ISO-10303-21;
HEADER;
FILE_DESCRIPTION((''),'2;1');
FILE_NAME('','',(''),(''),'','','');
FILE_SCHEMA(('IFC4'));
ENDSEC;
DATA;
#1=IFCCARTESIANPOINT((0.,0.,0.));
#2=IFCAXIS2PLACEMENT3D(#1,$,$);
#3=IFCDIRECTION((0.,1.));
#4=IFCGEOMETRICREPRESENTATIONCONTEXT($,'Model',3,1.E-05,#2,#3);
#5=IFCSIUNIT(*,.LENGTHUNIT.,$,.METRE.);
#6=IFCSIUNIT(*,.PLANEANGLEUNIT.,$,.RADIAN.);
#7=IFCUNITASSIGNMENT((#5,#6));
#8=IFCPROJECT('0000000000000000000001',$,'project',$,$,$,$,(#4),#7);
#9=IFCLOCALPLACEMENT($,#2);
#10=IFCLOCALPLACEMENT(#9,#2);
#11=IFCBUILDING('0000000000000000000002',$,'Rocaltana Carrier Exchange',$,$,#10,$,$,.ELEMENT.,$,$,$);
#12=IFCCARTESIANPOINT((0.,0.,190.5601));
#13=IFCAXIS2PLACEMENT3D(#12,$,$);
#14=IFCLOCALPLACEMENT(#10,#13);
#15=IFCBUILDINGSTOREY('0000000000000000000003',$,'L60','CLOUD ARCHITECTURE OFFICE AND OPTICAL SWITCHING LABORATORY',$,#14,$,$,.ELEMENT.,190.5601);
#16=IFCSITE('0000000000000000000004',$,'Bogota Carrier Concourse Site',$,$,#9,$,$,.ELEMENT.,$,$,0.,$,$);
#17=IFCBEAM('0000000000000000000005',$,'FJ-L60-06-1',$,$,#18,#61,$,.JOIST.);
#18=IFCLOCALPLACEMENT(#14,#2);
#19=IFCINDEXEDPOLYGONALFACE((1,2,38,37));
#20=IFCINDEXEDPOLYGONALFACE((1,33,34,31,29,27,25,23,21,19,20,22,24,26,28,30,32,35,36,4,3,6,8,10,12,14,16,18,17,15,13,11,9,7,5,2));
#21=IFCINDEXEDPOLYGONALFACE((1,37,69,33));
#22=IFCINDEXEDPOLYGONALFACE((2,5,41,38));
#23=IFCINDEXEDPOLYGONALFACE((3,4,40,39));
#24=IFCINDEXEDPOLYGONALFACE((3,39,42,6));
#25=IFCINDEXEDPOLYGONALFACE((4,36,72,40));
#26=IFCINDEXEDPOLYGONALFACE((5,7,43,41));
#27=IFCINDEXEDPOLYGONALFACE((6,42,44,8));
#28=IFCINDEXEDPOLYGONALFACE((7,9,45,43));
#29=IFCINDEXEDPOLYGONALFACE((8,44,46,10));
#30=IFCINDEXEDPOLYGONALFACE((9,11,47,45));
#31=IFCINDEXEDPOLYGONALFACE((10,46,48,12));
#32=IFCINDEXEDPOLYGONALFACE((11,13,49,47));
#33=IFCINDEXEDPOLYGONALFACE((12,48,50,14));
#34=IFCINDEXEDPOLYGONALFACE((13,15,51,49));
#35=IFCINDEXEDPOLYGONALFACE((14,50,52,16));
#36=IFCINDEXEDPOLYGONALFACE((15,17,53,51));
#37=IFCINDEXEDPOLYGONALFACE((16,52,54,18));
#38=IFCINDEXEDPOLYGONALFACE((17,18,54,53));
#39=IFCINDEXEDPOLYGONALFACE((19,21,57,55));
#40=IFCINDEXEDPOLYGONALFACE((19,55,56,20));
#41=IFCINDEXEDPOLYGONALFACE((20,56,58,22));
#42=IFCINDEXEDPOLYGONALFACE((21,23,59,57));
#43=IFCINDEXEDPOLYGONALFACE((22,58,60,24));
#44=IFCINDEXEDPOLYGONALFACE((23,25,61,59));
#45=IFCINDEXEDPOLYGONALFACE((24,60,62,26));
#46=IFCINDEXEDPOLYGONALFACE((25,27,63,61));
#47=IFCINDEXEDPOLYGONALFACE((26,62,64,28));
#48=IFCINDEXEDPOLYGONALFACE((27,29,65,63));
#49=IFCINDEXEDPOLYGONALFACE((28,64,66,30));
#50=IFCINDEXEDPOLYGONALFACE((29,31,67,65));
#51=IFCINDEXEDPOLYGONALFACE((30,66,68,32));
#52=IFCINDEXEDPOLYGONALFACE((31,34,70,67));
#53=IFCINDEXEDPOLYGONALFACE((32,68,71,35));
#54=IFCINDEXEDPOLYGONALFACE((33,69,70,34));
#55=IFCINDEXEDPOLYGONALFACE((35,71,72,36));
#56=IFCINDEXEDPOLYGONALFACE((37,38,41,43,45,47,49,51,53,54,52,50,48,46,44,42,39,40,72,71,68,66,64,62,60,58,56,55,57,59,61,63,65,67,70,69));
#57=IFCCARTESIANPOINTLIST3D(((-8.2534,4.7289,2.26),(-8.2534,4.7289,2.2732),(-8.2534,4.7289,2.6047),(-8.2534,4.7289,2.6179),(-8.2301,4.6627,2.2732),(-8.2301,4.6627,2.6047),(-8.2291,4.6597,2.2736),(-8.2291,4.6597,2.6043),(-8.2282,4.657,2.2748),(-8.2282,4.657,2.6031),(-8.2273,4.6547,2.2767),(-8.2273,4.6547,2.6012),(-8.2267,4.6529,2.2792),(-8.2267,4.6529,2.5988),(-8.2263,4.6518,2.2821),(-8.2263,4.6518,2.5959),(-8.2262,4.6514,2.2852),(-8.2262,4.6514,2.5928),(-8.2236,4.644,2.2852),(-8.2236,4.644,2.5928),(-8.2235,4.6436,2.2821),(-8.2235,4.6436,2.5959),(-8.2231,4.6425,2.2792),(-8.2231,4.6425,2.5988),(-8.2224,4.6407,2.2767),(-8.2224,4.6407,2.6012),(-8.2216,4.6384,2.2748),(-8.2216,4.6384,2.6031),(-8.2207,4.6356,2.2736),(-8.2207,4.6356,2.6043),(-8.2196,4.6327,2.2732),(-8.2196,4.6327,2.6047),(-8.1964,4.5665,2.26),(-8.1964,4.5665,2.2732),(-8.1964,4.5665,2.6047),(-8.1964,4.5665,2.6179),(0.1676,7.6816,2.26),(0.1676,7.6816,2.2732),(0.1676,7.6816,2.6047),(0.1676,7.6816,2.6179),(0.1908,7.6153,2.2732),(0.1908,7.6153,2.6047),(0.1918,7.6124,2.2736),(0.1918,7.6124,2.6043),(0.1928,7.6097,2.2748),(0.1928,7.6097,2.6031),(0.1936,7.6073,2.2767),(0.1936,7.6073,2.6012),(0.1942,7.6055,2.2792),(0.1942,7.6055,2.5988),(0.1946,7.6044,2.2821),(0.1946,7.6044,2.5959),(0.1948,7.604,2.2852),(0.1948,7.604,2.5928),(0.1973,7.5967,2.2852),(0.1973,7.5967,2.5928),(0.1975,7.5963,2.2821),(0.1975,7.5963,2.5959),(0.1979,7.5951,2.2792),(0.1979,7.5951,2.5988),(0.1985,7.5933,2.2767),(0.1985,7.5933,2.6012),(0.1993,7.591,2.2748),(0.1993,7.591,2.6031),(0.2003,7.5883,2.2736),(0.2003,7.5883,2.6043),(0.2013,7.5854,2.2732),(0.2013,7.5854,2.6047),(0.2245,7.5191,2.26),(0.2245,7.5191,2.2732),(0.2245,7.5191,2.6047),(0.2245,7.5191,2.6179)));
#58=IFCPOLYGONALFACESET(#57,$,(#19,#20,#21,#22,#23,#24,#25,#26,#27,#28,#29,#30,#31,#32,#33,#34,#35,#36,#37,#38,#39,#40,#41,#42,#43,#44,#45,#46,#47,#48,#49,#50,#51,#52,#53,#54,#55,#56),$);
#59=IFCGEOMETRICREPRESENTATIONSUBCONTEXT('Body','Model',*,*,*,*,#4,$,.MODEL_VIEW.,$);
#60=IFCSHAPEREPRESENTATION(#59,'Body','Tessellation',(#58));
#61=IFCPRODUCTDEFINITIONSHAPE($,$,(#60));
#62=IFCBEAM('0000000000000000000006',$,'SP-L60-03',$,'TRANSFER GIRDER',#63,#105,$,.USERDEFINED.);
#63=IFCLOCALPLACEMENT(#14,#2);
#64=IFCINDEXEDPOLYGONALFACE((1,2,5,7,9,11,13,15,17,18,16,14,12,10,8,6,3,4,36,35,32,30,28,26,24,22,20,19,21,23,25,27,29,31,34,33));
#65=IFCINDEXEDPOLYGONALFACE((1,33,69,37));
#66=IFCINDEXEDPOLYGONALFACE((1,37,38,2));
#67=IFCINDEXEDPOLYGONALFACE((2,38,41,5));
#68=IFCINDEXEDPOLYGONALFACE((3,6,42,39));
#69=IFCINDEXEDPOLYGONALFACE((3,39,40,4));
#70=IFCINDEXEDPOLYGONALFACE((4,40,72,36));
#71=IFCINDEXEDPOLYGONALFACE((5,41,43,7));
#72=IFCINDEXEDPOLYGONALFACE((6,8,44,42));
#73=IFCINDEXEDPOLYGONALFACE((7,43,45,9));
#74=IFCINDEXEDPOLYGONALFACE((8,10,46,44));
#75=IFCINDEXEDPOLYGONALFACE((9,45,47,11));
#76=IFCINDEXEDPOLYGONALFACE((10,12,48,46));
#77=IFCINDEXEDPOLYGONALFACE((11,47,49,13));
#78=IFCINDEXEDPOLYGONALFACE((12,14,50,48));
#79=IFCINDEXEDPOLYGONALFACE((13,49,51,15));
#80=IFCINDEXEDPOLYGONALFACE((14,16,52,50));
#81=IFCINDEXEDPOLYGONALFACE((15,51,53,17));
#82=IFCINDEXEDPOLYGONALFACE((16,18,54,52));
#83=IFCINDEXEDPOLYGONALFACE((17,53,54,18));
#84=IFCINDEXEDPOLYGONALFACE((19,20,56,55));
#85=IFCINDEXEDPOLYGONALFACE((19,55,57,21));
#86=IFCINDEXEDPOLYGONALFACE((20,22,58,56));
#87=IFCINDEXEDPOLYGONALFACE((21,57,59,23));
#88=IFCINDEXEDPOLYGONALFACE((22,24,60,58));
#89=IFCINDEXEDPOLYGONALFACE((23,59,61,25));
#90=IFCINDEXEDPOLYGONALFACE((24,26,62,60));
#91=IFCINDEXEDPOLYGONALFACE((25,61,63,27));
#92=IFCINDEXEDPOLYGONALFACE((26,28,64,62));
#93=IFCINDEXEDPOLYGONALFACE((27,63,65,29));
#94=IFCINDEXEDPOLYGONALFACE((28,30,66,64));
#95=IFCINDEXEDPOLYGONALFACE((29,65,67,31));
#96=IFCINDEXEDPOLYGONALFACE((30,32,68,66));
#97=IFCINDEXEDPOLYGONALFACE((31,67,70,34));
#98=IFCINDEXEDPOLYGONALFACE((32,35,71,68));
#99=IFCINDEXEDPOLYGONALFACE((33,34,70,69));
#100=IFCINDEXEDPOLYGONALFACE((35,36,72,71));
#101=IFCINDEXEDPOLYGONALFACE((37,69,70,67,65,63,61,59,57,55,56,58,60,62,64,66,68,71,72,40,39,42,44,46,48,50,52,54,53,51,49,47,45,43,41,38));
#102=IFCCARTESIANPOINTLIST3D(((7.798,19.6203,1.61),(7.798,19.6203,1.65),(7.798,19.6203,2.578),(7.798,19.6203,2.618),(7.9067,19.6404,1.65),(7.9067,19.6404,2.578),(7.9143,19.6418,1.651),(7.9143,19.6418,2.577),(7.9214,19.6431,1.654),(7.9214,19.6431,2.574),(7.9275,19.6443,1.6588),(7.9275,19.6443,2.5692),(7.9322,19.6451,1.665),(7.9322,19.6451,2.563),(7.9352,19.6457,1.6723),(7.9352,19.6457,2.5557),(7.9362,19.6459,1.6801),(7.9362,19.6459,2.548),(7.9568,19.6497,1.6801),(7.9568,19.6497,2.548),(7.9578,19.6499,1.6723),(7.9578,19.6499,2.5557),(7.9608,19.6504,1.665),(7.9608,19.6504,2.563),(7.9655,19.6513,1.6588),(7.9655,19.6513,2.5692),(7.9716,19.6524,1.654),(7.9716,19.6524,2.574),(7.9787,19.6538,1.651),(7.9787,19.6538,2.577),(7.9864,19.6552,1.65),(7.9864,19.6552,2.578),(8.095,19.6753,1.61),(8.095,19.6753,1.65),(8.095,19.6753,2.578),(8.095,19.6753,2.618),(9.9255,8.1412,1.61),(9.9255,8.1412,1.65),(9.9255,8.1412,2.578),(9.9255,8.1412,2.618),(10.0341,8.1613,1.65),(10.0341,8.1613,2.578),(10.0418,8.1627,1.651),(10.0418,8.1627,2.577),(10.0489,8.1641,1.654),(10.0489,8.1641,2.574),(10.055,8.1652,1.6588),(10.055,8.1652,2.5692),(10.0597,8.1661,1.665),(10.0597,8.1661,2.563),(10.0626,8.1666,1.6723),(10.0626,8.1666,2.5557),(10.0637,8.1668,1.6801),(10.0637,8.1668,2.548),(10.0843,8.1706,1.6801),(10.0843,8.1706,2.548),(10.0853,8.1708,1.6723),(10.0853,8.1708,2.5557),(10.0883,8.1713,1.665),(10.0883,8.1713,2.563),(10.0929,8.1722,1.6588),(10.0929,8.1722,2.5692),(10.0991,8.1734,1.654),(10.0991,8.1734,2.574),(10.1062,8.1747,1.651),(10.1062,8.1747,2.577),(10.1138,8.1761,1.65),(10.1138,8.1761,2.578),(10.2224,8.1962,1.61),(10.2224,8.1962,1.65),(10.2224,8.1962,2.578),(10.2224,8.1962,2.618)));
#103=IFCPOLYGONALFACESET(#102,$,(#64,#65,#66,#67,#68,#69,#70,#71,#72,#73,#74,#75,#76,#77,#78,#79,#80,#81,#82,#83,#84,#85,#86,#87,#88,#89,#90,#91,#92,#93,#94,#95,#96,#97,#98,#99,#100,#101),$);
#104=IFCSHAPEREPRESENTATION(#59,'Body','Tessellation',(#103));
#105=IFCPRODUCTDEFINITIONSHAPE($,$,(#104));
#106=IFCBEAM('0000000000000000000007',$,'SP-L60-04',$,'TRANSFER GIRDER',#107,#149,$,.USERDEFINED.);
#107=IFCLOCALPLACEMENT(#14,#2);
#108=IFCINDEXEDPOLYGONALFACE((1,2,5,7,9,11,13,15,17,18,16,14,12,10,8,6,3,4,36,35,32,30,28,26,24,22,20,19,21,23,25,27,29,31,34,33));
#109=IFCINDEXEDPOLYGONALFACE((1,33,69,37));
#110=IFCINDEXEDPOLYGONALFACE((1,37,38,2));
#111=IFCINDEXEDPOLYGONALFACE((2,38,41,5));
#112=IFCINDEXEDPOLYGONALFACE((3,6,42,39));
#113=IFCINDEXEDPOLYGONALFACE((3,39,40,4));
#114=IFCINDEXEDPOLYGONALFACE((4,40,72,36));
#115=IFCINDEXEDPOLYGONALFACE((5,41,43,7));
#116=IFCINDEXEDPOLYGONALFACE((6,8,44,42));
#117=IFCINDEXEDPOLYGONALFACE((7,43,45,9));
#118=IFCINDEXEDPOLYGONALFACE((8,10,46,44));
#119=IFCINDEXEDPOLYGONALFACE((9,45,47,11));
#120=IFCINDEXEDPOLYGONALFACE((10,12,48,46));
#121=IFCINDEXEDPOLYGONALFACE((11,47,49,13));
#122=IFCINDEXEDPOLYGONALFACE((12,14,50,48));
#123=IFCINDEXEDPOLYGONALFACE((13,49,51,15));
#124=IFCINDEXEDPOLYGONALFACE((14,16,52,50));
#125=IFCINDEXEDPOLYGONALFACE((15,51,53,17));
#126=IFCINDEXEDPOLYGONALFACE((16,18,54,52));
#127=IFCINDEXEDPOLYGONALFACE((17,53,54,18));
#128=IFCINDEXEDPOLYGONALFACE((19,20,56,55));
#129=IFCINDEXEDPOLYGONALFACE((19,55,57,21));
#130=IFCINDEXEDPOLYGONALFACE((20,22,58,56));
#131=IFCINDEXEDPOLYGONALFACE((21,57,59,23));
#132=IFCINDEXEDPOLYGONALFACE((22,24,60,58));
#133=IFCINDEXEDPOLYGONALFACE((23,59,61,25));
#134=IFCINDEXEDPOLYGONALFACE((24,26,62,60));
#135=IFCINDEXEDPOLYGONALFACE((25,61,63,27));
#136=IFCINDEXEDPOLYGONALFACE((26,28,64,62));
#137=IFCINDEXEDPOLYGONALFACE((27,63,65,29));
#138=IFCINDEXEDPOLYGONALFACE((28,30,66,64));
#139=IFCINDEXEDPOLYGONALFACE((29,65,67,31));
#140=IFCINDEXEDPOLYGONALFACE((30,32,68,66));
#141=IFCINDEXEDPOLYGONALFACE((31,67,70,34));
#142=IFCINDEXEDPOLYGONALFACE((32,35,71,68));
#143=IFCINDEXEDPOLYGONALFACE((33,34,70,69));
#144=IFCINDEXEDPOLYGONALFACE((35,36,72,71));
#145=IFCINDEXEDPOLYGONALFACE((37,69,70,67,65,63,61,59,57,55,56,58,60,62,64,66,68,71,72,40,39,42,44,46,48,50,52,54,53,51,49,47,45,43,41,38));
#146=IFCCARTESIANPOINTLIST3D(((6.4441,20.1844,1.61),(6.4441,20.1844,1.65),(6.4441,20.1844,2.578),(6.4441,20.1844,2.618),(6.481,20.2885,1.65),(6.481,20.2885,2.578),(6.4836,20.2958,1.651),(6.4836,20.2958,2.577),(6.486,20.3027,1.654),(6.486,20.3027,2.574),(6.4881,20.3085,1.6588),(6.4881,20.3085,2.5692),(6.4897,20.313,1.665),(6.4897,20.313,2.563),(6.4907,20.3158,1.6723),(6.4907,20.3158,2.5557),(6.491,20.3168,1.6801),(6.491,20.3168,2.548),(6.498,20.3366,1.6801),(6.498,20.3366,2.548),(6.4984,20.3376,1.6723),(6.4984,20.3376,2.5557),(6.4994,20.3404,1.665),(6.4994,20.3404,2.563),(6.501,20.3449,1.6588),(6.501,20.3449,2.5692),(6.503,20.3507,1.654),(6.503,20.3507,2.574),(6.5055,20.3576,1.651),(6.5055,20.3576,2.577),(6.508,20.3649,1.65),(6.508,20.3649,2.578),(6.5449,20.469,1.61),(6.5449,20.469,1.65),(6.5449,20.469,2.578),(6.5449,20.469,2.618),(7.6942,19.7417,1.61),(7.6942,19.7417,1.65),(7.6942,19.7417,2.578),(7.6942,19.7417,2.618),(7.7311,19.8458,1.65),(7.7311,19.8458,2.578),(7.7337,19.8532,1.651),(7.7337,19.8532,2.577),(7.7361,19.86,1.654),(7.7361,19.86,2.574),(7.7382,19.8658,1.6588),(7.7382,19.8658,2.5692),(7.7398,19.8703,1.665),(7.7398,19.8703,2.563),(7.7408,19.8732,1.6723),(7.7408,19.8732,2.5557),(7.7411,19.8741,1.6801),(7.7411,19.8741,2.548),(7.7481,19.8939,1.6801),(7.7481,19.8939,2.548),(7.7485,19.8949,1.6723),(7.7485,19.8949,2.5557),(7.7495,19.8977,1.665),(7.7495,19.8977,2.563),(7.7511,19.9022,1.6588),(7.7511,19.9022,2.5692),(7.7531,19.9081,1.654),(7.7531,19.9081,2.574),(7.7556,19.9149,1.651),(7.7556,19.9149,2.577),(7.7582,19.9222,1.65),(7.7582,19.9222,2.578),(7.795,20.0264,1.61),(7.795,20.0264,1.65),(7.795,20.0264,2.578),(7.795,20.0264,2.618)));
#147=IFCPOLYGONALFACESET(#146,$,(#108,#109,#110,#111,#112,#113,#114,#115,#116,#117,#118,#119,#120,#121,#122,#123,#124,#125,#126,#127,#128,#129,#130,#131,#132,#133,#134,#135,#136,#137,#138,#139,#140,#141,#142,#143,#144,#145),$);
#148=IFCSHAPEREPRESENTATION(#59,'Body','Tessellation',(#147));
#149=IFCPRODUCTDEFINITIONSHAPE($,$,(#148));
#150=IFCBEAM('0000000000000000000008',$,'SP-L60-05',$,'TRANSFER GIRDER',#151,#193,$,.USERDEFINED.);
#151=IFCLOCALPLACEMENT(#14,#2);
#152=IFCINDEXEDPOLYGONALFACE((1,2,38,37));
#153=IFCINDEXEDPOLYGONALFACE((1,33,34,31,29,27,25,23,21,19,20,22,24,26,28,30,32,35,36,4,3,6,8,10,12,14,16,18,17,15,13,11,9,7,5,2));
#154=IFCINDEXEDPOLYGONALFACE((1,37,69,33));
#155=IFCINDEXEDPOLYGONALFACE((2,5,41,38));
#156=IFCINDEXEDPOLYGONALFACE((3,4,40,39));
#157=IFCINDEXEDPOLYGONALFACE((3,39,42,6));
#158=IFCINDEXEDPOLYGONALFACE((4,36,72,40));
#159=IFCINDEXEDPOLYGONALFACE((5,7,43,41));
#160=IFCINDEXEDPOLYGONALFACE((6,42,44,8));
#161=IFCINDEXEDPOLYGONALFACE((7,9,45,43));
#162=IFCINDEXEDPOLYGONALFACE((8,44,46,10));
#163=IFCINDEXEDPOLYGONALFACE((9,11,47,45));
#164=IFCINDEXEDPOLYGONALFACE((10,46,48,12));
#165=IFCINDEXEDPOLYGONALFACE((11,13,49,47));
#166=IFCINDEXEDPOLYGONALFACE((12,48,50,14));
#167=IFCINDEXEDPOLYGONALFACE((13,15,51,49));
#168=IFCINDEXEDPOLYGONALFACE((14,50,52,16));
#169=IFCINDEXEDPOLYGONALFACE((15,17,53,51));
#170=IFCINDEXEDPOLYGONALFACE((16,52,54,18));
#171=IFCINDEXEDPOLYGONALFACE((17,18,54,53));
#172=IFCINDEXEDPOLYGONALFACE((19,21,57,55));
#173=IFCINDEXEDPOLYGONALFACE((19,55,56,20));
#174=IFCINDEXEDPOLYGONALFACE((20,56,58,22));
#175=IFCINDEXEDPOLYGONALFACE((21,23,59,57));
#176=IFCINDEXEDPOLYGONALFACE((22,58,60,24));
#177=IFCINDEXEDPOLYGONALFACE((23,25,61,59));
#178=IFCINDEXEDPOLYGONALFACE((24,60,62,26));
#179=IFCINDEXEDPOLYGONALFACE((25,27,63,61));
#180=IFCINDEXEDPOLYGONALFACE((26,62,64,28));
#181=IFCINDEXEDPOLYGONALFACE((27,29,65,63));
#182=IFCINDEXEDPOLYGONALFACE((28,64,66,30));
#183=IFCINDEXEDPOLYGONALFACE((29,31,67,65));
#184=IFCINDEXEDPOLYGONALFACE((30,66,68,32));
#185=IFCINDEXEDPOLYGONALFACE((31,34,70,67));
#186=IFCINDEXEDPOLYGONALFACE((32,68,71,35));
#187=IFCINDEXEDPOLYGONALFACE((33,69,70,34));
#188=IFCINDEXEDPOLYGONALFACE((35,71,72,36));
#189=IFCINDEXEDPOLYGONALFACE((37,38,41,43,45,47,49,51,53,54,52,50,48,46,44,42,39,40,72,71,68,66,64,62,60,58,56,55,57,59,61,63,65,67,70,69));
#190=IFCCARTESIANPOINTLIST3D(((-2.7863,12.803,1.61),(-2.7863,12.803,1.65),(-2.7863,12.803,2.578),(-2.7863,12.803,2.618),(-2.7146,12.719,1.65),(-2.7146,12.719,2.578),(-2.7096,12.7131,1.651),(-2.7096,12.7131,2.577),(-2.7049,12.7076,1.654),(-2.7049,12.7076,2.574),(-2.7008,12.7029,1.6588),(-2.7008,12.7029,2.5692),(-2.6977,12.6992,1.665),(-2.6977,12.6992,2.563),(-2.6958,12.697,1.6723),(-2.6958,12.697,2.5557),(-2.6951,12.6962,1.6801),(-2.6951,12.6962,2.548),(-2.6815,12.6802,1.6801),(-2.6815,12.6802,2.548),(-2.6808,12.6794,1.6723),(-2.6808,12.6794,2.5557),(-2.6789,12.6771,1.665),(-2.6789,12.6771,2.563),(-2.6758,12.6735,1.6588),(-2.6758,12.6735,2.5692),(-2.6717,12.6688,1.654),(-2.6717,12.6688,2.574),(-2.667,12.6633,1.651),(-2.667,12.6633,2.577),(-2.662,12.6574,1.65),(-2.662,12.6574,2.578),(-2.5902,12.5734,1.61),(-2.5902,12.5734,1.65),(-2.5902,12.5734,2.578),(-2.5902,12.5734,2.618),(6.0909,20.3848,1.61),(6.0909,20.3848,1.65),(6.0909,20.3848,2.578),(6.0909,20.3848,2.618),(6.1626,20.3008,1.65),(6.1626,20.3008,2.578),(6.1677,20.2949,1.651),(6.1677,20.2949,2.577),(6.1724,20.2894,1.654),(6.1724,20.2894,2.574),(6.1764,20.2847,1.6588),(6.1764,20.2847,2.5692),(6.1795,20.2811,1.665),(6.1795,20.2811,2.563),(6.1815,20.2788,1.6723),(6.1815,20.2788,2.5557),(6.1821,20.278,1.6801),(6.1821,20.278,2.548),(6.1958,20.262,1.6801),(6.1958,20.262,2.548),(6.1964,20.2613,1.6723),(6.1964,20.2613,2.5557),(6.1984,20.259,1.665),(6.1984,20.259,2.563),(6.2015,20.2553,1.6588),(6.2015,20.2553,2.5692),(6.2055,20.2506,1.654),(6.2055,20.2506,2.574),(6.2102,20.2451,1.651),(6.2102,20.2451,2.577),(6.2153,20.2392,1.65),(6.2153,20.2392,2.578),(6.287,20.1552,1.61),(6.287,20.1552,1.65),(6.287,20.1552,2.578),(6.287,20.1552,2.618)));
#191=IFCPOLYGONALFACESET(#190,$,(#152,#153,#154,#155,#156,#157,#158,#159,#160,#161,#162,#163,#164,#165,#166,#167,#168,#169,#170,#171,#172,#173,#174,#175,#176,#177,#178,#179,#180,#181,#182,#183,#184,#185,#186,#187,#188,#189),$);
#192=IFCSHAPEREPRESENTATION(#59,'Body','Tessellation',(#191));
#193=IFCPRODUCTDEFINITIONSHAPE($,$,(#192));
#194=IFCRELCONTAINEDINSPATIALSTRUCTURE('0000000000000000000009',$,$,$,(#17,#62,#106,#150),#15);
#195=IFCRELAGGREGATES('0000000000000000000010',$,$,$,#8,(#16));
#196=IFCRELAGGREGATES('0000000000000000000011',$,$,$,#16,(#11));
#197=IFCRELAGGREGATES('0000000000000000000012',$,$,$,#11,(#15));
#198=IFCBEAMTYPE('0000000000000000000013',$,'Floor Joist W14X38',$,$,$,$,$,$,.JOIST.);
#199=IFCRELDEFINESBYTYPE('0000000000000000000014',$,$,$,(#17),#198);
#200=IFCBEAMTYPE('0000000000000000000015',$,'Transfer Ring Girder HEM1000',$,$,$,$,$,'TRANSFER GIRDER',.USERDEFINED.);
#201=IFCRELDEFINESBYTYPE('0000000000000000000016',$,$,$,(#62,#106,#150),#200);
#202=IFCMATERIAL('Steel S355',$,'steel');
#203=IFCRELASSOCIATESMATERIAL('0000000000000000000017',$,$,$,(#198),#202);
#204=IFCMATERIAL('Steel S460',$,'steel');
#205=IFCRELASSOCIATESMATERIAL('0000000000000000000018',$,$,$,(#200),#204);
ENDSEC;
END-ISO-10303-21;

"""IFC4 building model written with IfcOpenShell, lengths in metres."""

from ifc_helpers import new_model, si_unit, direction, frame, origin, origin_2d, place, context, subcontext, project, spatial, i_section, extrude, material, material_profile, profile_set, type_object, element, save


model = new_model("IFC4")

# Units and contexts
model_context = context("Model", 3, precision=1e-05, world=origin(), true_north=direction((0.0, 1.0)))
body_context = subcontext(model_context, "Body", "Model", "MODEL_VIEW")
ifc_project = project(units=[si_unit("LENGTHUNIT", "METRE"), si_unit("PLANEANGLEUNIT", "RADIAN")], contexts=[model_context])

# Site, building, storey
site_placement = place(None, origin())
site = spatial("IfcSite", under=ifc_project, at=site_placement, Name="Bogota Carrier Concourse Site", CompositionType="ELEMENT", RefElevation=0.0)
building_placement = place(site_placement, origin())
building = spatial("IfcBuilding", under=site, at=building_placement, Name="Rocaltana Carrier Exchange", CompositionType="ELEMENT")
storey_placement = place(building_placement, frame((0.0, 0.0, 190.5601)))
storey = spatial("IfcBuildingStorey", under=building, at=storey_placement, Name="L60", Description="CLOUD ARCHITECTURE OFFICE AND OPTICAL SWITCHING LABORATORY", CompositionType="ELEMENT", Elevation=190.5601)

# Beams
ifc_material_1 = material(Name="Steel S355", Category="steel")
ifc_material_profile_1 = material_profile(ifc_material_1, i_section(OverallWidth=0.1721, OverallDepth=0.3579, WebThickness=0.0078, FlangeThickness=0.0132, FilletRadius=0.012, at=origin_2d()), Name="W14X38")
ifc_profile_set_1 = profile_set([ifc_material_profile_1], Name="Steel S355")
beam_type_1 = type_object("IfcBeamType", Name="Floor Joist W14X38", PredefinedType="JOIST", material=ifc_profile_set_1)
beam_1_placement = place(storey_placement, frame((0.196, 7.6003, 2.439), z_axis=(-0.943672, -0.330882, 0.0), x_axis=(0.330882, -0.943672, 0.0)))
element("IfcBeam", 1, at=beam_1_placement, inside=storey, type_object=beam_type_1, Name="FJ-L60-06-1", PredefinedType="JOIST", context=body_context, shape_type="SweptSolid", body=[
    extrude(i_section(OverallWidth=0.1721, OverallDepth=0.3579, WebThickness=0.0078, FlangeThickness=0.0132, FilletRadius=0.012, at=origin_2d()), origin(), (0.0, 0.0, 1.0), 8.9236),
])
ifc_material_2 = material(Name="Steel S460", Category="steel")
ifc_material_profile_2 = material_profile(ifc_material_2, i_section(OverallWidth=0.302, OverallDepth=1.0081, WebThickness=0.021, FlangeThickness=0.04, FilletRadius=0.03, at=origin_2d()), Name="HEM1000")
ifc_profile_set_2 = profile_set([ifc_material_profile_2], Name="Steel S460")
beam_type_2 = type_object("IfcBeamType", Name="Transfer Ring Girder HEM1000", ElementType="TRANSFER GIRDER", PredefinedType="USERDEFINED", material=ifc_profile_set_2)
beam_2_placement = place(storey_placement, frame((10.074, 8.1687, 2.114), z_axis=(-0.18223, 0.983256, 0.0), x_axis=(-0.983256, -0.18223, 0.0)))
element("IfcBeam", 2, at=beam_2_placement, inside=storey, type_object=beam_type_2, Name="SP-L60-03", ObjectType="TRANSFER GIRDER", PredefinedType="USERDEFINED", context=body_context, shape_type="SweptSolid", body=[
    extrude(i_section(OverallWidth=0.302, OverallDepth=1.0081, WebThickness=0.021, FlangeThickness=0.04, FilletRadius=0.03, at=origin_2d()), origin(), (0.0, 0.0, 1.0), 11.6746),
])
beam_3_placement = place(storey_placement, frame((7.7446, 19.884, 2.114), z_axis=(-0.942647, 0.333793, 0.0), x_axis=(-0.333793, -0.942647, 0.0)))
element("IfcBeam", 3, at=beam_3_placement, inside=storey, type_object=beam_type_2, Name="SP-L60-04", ObjectType="TRANSFER GIRDER", PredefinedType="USERDEFINED", context=body_context, shape_type="SweptSolid", body=[
    extrude(i_section(OverallWidth=0.302, OverallDepth=1.0081, WebThickness=0.021, FlangeThickness=0.04, FilletRadius=0.03, at=origin_2d()), origin(), (0.0, 0.0, 1.0), 1.3262),
])
beam_4_placement = place(storey_placement, frame((6.189, 20.27, 2.114), z_axis=(-0.760408, -0.649445, 0.0), x_axis=(0.649445, -0.760408, 0.0)))
element("IfcBeam", 4, at=beam_4_placement, inside=storey, type_object=beam_type_2, Name="SP-L60-05", ObjectType="TRANSFER GIRDER", PredefinedType="USERDEFINED", context=body_context, shape_type="SweptSolid", body=[
    extrude(i_section(OverallWidth=0.302, OverallDepth=1.0081, WebThickness=0.021, FlangeThickness=0.04, FilletRadius=0.03, at=origin_2d()), origin(), (0.0, 0.0, 1.0), 11.6743),
])

save(model, "model.ifc")
